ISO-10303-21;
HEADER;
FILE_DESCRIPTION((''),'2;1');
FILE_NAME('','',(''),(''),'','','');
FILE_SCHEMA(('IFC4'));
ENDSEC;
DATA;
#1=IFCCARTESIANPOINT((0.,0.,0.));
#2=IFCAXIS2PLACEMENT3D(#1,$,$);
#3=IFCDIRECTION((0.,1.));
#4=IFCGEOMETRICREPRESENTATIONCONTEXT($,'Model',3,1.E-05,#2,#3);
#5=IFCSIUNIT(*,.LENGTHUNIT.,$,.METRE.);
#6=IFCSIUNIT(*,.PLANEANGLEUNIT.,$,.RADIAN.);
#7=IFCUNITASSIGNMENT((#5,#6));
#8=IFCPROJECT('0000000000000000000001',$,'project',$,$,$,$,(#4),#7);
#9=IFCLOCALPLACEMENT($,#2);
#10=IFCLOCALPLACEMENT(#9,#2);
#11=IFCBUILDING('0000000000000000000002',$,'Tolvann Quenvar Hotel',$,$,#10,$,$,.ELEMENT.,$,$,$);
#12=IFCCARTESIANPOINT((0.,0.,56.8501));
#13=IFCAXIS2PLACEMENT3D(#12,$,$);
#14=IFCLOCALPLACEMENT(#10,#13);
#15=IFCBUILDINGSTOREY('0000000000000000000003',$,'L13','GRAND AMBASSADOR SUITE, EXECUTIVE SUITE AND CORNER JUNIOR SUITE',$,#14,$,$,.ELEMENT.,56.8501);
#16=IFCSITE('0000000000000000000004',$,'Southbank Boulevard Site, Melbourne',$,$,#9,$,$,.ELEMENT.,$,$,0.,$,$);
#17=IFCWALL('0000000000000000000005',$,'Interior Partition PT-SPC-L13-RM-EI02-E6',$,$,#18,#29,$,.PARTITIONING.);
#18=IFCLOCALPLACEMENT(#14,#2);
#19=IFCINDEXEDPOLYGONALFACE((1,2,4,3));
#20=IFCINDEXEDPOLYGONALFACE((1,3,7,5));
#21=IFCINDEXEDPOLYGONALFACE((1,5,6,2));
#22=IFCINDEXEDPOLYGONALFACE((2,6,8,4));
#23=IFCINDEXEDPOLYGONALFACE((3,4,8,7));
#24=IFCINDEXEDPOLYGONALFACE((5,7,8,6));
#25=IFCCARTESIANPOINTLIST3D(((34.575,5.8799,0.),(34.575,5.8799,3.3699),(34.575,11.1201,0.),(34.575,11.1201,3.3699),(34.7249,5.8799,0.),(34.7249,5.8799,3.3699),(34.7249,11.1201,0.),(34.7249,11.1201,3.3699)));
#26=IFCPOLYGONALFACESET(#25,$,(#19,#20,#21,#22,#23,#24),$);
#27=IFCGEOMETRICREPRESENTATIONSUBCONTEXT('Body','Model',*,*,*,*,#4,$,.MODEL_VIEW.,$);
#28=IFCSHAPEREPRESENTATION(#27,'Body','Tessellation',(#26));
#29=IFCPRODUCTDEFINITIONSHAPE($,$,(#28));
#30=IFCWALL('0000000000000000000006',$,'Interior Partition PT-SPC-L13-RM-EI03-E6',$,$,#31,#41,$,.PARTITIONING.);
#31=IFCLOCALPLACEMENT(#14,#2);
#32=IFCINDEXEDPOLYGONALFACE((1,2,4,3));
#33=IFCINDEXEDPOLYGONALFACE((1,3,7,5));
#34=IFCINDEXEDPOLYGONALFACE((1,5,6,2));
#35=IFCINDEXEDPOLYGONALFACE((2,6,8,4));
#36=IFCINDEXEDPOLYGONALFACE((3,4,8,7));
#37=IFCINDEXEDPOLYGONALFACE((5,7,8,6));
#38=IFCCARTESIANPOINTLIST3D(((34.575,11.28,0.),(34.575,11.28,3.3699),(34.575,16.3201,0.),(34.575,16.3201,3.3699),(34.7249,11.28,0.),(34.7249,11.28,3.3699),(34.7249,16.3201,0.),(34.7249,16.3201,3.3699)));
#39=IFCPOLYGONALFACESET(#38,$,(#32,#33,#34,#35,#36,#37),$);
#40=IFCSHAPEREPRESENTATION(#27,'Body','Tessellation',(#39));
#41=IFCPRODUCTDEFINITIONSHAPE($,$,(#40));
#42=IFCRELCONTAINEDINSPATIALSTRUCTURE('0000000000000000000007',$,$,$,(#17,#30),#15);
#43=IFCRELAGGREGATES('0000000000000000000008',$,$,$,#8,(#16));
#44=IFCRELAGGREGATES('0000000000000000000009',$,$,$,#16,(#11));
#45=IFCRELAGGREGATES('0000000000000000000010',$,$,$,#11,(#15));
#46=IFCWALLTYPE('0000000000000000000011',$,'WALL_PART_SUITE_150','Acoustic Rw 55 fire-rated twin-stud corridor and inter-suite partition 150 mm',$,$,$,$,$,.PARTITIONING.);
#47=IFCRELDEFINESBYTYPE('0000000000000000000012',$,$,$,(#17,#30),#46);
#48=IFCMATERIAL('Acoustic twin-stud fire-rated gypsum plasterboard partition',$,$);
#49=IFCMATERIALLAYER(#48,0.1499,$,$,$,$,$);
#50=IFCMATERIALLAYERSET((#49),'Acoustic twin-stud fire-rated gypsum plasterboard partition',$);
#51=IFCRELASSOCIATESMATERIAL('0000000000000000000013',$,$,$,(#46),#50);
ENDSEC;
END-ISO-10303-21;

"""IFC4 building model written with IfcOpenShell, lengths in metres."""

from ifc_helpers import new_model, si_unit, direction, frame, frame_2d, origin, place, context, subcontext, project, spatial, rectangle, extrude, material, layer, layer_set, type_object, element, save


model = new_model("IFC4")

# Units and contexts
model_context = context("Model", 3, precision=1e-05, world=origin(), true_north=direction((0.0, 1.0)))
body_context = subcontext(model_context, "Body", "Model", "MODEL_VIEW")
ifc_project = project(units=[si_unit("LENGTHUNIT", "METRE"), si_unit("PLANEANGLEUNIT", "RADIAN")], contexts=[model_context])

# Site, building, storey
site_placement = place(None, origin())
site = spatial("IfcSite", under=ifc_project, at=site_placement, Name="Southbank Boulevard Site, Melbourne", CompositionType="ELEMENT", RefElevation=0.0)
building_placement = place(site_placement, origin())
building = spatial("IfcBuilding", under=site, at=building_placement, Name="Tolvann Quenvar Hotel", CompositionType="ELEMENT")
storey_placement = place(building_placement, frame((0.0, 0.0, 56.8501)))
storey = spatial("IfcBuildingStorey", under=building, at=storey_placement, Name="L13", Description="GRAND AMBASSADOR SUITE, EXECUTIVE SUITE AND CORNER JUNIOR SUITE", CompositionType="ELEMENT", Elevation=56.8501)

# Shared definitions
ifc_material_1 = material(Name="Acoustic twin-stud fire-rated gypsum plasterboard partition")
ifc_layer_1 = layer(ifc_material_1, 0.1499)
ifc_layer_set_1 = layer_set([ifc_layer_1], Name="Acoustic twin-stud fire-rated gypsum plasterboard partition")
wall_type_1 = type_object("IfcWallType", Name="WALL_PART_SUITE_150", Description="Acoustic Rw 55 fire-rated twin-stud corridor and inter-suite partition 150 mm", PredefinedType="PARTITIONING", material=ifc_layer_set_1)

# Wall
wall_1_placement = place(storey_placement, frame((34.6499, 5.8799, 0.0), z_axis=(0.0, 0.0, 1.0), x_axis=(0.0, 1.0, 0.0)))
element("IfcWall", 1, at=wall_1_placement, inside=storey, type_object=wall_type_1, Name="Interior Partition PT-SPC-L13-RM-EI02-E6", PredefinedType="PARTITIONING", context=body_context, shape_type="SweptSolid", body=[
    extrude(rectangle(XDim=5.2402, YDim=0.1499, at=frame_2d((2.6201, 0.0))), origin(), (0.0, 0.0, 1.0), 3.3699),
])

# Wall
wall_2_placement = place(storey_placement, frame((34.6499, 11.28, 0.0), z_axis=(0.0, 0.0, 1.0), x_axis=(0.0, 1.0, 0.0)))
element("IfcWall", 2, at=wall_2_placement, inside=storey, type_object=wall_type_1, Name="Interior Partition PT-SPC-L13-RM-EI03-E6", PredefinedType="PARTITIONING", context=body_context, shape_type="SweptSolid", body=[
    extrude(rectangle(XDim=5.04, YDim=0.1499, at=frame_2d((2.52, 0.0))), origin(), (0.0, 0.0, 1.0), 3.3699),
])

save(model, "model.ifc")
